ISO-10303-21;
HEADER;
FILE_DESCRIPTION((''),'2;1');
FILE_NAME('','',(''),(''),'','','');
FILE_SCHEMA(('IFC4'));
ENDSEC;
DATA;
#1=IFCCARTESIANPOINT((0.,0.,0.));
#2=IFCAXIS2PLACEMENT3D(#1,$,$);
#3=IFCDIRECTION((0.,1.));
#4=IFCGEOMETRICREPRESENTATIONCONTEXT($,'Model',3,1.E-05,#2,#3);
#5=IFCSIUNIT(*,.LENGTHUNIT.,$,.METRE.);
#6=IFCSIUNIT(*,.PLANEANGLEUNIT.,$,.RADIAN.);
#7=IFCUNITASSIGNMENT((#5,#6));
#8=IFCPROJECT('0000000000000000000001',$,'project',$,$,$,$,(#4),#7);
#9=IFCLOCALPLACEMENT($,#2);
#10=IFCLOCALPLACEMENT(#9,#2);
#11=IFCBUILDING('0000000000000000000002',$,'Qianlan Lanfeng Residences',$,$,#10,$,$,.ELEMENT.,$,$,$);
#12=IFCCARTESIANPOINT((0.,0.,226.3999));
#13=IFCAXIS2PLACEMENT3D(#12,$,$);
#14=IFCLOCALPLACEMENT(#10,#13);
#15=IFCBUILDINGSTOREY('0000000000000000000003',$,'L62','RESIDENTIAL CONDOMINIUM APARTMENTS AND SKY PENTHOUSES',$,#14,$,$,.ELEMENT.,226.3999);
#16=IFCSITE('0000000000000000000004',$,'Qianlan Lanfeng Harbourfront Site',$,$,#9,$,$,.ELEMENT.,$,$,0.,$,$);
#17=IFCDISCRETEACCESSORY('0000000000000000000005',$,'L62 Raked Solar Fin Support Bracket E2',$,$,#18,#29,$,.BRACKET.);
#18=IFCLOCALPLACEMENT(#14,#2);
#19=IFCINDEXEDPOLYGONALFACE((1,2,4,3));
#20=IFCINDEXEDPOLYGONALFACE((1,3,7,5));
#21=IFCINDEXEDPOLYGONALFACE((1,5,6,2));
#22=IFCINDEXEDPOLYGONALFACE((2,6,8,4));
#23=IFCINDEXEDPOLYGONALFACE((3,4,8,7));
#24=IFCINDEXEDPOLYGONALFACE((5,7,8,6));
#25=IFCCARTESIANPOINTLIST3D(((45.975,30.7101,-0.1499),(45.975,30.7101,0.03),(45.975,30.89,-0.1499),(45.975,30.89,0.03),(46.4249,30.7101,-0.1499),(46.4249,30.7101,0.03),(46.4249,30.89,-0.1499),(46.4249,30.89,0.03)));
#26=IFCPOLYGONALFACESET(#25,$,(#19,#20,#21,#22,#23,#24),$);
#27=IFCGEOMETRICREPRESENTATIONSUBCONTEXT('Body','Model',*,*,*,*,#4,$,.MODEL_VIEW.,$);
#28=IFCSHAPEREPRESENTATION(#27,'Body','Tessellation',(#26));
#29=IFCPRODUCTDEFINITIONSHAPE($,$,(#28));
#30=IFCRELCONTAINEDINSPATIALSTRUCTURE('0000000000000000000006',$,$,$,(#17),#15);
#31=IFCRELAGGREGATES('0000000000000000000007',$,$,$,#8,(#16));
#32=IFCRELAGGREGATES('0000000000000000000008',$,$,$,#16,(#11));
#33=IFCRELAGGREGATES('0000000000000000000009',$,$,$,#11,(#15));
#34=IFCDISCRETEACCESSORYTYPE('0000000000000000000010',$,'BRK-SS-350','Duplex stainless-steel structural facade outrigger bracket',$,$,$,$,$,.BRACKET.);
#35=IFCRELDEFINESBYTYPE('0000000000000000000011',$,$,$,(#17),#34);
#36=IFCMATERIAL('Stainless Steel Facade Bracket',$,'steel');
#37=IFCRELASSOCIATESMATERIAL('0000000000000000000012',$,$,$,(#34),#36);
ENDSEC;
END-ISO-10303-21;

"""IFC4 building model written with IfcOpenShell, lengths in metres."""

from ifc_helpers import new_model, si_unit, direction, frame, origin, origin_2d, place, context, subcontext, project, spatial, rectangle, extrude, source, transform, mapped, material, type_object, element, save


model = new_model("IFC4")

# Units and contexts
model_context = context("Model", 3, precision=1e-05, world=origin(), true_north=direction((0.0, 1.0)))
body_context = subcontext(model_context, "Body", "Model", "MODEL_VIEW")
ifc_project = project(units=[si_unit("LENGTHUNIT", "METRE"), si_unit("PLANEANGLEUNIT", "RADIAN")], contexts=[model_context])

# Site, building, storey
site_placement = place(None, origin())
site = spatial("IfcSite", under=ifc_project, at=site_placement, Name="Qianlan Lanfeng Harbourfront Site", CompositionType="ELEMENT", RefElevation=0.0)
building_placement = place(site_placement, origin())
building = spatial("IfcBuilding", under=site, at=building_placement, Name="Qianlan Lanfeng Residences", CompositionType="ELEMENT")
storey_placement = place(building_placement, frame((0.0, 0.0, 226.3999)))
storey = spatial("IfcBuildingStorey", under=building, at=storey_placement, Name="L62", Description="RESIDENTIAL CONDOMINIUM APARTMENTS AND SKY PENTHOUSES", CompositionType="ELEMENT", Elevation=226.3999)

# Discrete accessory
ifc_material_1 = material(Name="Stainless Steel Facade Bracket", Category="steel")
discrete_accessory_type = type_object("IfcDiscreteAccessoryType", Name="BRK-SS-350", Description="Duplex stainless-steel structural facade outrigger bracket", PredefinedType="BRACKET", material=ifc_material_1)
shared_shape_1 = source(origin(), body_context, "Body", "SweptSolid", [
    extrude(rectangle(XDim=0.45, YDim=0.1799, at=origin_2d()), origin(), (0.0, 0.0, 1.0), 0.1799),
])
discrete_accessory_placement = place(storey_placement, frame((46.2, 30.8, -0.1499), z_axis=(0.0, 0.0, 1.0), x_axis=(1.0, 0.0, 0.0)))
element("IfcDiscreteAccessory", 1, at=discrete_accessory_placement, inside=storey, type_object=discrete_accessory_type, Name="L62 Raked Solar Fin Support Bracket E2", PredefinedType="BRACKET", context=body_context, shape_type="MappedRepresentation", body=[
    mapped(shared_shape_1, transform((0.0, 0.0, 0.0), scale=1.0)),
])

save(model, "model.ifc")
